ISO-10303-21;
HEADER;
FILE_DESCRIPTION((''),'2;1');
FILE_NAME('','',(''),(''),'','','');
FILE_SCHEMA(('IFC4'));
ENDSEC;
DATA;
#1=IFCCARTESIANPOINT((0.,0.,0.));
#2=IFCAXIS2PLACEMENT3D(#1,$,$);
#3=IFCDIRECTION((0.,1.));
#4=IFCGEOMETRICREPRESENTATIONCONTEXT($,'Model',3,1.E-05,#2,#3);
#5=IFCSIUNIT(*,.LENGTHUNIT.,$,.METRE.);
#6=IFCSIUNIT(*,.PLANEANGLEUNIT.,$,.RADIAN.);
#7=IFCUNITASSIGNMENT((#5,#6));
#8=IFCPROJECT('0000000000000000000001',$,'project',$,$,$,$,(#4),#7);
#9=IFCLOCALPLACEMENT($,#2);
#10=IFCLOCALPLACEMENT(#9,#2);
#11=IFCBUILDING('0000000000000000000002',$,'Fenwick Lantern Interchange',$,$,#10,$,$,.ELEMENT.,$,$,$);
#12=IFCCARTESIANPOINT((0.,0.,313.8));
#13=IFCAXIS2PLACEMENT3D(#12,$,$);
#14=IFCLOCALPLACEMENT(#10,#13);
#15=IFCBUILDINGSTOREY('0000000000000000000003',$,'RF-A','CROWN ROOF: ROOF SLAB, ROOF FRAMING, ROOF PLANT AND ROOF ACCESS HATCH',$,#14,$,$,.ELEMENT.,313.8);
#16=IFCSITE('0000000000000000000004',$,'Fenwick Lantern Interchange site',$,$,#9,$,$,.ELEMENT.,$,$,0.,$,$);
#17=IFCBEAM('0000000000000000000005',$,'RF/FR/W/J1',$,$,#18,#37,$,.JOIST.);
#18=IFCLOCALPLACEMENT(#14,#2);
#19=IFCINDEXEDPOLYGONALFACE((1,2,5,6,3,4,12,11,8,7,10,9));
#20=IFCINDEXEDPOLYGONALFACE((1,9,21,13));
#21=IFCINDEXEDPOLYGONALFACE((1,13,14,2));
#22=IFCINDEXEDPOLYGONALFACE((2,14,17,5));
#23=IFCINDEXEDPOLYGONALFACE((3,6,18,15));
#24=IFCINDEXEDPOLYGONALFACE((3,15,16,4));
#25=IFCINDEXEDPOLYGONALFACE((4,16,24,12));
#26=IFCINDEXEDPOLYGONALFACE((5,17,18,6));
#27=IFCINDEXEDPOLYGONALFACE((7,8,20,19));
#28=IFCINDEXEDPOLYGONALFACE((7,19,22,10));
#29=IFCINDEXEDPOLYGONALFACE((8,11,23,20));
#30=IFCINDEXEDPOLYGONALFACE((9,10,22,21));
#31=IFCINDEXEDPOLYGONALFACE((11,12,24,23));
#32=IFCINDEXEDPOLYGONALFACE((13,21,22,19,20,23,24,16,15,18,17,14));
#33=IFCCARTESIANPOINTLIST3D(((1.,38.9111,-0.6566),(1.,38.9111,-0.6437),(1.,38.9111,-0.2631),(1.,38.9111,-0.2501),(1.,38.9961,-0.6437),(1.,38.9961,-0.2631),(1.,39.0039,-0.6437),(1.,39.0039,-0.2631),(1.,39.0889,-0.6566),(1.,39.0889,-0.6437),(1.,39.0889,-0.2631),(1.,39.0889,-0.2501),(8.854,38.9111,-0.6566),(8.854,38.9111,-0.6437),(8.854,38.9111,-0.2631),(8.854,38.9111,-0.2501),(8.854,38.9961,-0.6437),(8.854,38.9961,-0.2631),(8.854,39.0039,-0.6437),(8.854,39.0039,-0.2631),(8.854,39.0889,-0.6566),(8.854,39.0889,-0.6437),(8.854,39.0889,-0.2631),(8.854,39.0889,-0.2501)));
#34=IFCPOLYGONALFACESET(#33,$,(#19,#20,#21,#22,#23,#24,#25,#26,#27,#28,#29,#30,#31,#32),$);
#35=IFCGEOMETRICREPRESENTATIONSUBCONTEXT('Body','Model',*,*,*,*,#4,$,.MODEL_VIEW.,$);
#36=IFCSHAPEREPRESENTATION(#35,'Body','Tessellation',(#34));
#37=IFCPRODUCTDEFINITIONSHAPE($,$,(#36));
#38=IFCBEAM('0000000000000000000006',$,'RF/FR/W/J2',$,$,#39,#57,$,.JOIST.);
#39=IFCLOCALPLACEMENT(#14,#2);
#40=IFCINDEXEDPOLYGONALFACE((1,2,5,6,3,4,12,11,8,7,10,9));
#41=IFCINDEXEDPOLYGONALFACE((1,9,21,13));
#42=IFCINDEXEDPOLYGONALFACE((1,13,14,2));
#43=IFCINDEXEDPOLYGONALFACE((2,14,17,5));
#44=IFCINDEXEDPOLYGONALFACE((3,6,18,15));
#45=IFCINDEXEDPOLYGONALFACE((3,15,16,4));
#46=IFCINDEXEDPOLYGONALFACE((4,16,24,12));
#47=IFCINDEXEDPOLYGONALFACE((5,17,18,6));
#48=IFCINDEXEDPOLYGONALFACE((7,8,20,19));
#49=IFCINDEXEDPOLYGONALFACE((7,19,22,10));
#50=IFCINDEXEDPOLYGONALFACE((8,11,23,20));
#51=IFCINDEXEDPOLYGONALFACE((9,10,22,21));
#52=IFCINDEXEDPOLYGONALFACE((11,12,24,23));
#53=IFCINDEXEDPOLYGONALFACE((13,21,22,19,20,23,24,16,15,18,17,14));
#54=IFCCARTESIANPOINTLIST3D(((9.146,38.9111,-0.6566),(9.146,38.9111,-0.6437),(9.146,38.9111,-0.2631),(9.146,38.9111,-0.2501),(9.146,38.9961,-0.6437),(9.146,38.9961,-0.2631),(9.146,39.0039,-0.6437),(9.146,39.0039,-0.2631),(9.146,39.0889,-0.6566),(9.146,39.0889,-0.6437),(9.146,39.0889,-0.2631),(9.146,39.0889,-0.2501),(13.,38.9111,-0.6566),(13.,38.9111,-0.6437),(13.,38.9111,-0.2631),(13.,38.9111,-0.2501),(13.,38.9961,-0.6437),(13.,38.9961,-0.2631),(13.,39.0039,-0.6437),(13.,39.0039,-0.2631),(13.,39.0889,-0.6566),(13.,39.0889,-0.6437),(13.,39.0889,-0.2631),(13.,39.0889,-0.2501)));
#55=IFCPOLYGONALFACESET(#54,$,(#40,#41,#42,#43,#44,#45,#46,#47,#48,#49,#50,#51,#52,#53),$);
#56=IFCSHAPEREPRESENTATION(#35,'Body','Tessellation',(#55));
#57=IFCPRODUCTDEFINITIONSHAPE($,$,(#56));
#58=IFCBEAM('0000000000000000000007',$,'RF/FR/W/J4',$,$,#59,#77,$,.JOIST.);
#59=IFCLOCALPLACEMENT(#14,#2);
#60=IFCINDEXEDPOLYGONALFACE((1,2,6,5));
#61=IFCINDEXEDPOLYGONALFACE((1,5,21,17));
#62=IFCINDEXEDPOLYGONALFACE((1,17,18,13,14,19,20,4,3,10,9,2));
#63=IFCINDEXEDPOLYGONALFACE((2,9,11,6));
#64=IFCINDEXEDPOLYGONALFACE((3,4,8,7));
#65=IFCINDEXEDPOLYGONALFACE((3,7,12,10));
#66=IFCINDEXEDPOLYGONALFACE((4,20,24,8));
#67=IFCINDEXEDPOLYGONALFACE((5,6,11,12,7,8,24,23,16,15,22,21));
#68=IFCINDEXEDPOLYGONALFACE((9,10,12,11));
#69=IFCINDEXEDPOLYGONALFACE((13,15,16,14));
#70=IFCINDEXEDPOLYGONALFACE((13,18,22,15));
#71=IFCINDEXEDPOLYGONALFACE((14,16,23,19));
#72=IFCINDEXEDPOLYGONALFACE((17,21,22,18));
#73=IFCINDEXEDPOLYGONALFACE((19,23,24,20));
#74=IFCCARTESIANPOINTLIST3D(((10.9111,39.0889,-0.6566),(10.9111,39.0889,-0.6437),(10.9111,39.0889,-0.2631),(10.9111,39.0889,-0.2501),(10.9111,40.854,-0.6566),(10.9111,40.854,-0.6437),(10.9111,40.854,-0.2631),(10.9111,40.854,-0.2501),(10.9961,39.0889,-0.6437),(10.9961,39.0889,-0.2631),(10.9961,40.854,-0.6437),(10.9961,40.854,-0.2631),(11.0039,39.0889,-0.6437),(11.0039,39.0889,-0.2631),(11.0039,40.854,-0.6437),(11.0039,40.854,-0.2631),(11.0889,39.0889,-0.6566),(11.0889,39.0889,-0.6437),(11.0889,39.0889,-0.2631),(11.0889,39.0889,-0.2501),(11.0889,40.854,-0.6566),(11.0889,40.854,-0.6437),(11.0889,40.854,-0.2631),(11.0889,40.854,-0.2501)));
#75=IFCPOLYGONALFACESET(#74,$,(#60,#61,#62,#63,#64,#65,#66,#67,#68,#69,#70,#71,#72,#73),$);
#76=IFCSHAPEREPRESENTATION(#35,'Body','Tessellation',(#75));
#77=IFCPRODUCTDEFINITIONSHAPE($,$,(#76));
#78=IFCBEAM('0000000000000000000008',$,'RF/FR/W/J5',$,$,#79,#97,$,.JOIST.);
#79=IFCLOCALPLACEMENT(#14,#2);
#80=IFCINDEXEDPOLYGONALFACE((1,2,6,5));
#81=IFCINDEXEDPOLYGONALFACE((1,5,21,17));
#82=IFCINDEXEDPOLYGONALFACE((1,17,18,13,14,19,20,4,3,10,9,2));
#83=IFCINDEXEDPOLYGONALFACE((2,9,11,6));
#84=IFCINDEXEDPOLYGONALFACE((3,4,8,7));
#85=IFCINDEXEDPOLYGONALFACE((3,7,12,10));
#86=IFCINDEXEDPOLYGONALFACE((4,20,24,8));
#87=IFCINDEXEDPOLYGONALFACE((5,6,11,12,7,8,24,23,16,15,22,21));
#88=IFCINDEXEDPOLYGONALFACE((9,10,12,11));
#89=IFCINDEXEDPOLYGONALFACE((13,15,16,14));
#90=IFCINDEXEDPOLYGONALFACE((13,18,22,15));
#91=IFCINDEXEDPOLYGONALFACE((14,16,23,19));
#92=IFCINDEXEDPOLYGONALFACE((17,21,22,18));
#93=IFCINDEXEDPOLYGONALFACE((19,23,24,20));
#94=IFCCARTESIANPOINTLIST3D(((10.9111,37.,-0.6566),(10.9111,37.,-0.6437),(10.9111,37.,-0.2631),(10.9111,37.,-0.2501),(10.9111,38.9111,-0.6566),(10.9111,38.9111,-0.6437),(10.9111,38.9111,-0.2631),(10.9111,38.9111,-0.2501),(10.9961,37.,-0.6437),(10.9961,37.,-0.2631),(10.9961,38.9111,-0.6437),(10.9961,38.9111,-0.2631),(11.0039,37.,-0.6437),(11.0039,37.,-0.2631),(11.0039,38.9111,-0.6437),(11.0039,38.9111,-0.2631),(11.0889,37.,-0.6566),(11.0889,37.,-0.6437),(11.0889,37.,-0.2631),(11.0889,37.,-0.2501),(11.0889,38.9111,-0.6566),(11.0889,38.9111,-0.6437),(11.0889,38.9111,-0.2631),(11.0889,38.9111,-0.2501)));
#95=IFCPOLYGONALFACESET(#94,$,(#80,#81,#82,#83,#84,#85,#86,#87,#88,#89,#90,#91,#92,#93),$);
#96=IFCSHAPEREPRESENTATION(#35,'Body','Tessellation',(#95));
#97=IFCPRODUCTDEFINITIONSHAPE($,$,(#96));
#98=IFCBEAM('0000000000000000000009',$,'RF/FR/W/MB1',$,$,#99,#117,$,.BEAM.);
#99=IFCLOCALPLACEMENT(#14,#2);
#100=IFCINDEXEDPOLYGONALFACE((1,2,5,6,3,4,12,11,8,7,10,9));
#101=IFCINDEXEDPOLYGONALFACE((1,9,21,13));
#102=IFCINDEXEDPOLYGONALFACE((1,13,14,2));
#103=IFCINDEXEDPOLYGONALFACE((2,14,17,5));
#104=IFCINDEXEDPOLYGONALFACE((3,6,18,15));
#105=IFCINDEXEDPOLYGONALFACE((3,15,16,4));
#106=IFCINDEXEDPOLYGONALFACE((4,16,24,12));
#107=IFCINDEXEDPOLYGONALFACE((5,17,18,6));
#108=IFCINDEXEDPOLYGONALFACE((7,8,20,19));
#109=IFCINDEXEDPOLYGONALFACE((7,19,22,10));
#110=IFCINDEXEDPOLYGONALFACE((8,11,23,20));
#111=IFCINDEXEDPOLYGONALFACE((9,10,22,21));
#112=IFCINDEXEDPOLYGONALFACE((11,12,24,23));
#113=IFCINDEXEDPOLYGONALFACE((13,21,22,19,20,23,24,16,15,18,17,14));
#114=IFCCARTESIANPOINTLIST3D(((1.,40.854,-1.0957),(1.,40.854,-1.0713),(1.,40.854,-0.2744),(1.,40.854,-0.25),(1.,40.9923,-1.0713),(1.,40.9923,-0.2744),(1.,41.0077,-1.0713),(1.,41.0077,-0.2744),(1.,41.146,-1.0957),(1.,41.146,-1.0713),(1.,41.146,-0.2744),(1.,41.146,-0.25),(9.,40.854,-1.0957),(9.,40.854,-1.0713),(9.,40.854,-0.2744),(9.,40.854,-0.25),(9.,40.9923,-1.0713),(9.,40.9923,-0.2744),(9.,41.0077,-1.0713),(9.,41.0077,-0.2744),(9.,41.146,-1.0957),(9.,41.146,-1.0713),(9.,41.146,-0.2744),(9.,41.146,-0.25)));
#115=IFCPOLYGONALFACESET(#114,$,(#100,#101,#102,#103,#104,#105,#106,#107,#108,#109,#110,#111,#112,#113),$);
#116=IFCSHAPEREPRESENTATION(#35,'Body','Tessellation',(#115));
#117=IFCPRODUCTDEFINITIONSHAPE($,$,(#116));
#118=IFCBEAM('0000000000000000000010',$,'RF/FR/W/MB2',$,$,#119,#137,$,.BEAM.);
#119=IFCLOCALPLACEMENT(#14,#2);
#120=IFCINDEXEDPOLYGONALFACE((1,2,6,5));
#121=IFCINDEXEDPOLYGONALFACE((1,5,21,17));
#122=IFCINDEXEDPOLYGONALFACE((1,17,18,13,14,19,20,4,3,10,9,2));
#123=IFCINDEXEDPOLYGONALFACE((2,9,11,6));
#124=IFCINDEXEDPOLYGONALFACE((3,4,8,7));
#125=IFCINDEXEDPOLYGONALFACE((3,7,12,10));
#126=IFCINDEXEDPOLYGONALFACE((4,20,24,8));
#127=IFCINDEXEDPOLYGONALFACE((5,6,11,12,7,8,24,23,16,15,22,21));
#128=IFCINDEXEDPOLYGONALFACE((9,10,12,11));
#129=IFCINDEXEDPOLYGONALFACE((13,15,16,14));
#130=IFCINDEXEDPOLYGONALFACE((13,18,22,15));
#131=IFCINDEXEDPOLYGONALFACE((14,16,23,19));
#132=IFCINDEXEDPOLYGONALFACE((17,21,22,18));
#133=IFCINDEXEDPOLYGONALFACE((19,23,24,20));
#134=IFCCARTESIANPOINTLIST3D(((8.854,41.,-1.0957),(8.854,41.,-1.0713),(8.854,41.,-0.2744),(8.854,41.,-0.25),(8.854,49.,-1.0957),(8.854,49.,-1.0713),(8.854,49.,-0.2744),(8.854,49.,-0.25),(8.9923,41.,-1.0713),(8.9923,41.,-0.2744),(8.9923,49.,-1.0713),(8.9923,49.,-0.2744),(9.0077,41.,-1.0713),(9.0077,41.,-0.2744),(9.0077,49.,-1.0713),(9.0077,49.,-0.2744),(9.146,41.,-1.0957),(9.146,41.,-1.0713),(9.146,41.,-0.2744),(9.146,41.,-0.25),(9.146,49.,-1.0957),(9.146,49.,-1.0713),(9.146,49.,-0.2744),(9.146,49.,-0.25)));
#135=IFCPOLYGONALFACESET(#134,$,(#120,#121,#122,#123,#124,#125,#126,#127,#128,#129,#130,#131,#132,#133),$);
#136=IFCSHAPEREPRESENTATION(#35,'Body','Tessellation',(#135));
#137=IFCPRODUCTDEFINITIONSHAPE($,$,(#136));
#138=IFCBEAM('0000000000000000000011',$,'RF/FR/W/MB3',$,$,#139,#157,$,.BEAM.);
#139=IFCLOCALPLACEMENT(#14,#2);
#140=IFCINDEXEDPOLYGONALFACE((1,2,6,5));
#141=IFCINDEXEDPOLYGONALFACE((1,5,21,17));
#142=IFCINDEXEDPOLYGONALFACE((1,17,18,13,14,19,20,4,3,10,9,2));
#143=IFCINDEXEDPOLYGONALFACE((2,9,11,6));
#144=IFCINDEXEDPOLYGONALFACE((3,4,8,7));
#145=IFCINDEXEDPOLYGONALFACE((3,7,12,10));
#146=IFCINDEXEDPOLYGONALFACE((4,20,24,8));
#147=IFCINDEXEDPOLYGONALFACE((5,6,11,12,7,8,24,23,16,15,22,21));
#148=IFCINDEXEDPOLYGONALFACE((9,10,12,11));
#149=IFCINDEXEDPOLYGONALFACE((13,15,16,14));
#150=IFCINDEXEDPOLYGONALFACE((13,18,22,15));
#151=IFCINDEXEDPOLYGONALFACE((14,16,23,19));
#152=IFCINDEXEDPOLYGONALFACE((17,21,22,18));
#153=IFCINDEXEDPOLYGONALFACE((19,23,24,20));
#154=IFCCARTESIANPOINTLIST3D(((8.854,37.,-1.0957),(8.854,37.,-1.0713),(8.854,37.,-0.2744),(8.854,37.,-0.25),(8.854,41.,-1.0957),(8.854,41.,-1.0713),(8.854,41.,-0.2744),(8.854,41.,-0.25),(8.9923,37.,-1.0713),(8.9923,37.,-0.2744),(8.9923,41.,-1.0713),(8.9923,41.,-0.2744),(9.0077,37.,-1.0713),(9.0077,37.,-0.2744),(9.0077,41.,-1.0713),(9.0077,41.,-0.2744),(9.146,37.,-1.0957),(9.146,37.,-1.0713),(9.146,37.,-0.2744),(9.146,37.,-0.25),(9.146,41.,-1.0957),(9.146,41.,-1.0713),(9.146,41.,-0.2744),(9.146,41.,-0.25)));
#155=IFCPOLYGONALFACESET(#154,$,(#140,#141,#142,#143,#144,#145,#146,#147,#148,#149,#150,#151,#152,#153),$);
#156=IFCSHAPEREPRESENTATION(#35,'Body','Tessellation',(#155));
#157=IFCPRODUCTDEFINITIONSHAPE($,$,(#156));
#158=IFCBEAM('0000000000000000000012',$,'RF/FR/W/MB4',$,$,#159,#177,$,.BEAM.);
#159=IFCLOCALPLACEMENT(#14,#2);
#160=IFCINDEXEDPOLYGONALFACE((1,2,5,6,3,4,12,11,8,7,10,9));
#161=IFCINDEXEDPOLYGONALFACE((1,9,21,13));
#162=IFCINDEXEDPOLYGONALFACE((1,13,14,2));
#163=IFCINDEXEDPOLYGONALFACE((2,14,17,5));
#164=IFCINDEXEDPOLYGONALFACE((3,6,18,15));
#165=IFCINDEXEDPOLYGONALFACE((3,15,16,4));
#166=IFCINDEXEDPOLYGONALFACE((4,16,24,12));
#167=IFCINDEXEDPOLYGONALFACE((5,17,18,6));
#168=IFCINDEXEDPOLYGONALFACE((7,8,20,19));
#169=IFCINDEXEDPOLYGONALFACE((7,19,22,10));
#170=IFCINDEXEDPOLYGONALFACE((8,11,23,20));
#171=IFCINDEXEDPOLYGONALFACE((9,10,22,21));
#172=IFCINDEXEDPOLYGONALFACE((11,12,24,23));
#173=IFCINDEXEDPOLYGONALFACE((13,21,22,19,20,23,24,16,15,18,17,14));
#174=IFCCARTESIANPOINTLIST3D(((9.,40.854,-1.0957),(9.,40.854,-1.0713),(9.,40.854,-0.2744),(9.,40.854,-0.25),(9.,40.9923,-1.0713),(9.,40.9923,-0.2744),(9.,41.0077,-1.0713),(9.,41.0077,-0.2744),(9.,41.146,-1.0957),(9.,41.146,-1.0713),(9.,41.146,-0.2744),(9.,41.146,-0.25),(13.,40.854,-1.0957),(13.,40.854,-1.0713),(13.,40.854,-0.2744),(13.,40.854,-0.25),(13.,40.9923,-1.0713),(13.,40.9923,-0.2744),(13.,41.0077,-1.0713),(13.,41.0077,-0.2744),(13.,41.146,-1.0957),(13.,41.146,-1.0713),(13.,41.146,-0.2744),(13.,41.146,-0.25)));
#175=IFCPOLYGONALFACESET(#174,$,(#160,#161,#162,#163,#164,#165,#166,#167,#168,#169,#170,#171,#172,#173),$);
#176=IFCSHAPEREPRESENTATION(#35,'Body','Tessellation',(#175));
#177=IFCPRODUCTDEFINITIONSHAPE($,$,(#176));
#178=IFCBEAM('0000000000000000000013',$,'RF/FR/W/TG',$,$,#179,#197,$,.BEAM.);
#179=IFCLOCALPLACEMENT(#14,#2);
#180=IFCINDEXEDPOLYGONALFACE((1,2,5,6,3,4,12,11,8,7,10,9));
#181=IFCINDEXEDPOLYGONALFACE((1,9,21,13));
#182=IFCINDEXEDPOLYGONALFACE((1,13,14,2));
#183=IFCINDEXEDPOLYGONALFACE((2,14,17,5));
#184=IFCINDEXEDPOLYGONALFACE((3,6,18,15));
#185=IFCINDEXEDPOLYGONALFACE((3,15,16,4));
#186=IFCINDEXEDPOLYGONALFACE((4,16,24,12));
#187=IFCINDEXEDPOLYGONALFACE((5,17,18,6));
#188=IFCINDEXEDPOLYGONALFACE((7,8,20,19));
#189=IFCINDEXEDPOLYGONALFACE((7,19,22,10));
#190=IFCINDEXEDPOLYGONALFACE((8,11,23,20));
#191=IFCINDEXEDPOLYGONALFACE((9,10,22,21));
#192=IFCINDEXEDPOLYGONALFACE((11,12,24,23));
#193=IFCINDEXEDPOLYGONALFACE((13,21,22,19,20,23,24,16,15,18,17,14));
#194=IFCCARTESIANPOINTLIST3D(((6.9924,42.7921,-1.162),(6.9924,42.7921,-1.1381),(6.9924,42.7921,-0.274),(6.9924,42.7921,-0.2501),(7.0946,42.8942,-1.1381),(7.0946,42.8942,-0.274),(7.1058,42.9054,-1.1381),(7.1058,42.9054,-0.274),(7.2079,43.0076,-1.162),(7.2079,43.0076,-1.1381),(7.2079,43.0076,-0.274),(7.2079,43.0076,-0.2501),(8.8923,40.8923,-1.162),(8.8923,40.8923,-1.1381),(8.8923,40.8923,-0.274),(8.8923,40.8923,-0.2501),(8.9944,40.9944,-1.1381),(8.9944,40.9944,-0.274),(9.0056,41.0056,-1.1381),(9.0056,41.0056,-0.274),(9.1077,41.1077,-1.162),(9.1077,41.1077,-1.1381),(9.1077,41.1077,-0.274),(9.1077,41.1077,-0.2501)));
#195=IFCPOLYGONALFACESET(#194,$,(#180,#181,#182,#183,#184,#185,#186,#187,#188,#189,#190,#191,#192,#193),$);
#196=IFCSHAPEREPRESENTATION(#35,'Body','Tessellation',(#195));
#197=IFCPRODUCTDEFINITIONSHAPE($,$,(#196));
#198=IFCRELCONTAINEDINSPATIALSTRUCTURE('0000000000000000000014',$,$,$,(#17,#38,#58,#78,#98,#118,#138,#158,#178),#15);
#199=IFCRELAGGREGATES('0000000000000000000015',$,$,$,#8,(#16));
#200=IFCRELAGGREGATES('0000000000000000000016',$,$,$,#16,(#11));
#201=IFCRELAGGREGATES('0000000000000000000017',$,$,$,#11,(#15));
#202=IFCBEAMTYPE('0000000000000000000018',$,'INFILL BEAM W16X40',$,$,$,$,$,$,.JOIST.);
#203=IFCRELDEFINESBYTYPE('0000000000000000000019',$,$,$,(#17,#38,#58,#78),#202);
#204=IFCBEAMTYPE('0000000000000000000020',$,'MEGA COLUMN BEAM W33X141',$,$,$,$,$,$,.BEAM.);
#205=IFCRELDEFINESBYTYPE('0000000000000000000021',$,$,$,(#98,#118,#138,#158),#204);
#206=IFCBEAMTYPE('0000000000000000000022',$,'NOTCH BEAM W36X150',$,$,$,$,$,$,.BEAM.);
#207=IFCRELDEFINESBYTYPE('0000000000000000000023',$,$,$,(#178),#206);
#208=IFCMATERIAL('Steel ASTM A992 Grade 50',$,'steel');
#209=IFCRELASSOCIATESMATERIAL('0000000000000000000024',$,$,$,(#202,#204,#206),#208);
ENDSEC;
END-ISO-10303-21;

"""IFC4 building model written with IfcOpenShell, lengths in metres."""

from ifc_helpers import new_model, si_unit, direction, frame, origin, origin_2d, place, context, subcontext, project, spatial, i_section, extrude, material, material_profile, profile_set, type_object, element, save


model = new_model("IFC4")

# Units and contexts
model_context = context("Model", 3, precision=1e-05, world=origin(), true_north=direction((0.0, 1.0)))
body_context = subcontext(model_context, "Body", "Model", "MODEL_VIEW")
ifc_project = project(units=[si_unit("LENGTHUNIT", "METRE"), si_unit("PLANEANGLEUNIT", "RADIAN")], contexts=[model_context])

# Site, building, storey
site_placement = place(None, origin())
site = spatial("IfcSite", under=ifc_project, at=site_placement, Name="Fenwick Lantern Interchange site", CompositionType="ELEMENT", RefElevation=0.0)
building_placement = place(site_placement, origin())
building = spatial("IfcBuilding", under=site, at=building_placement, Name="Fenwick Lantern Interchange", CompositionType="ELEMENT")
storey_placement = place(building_placement, frame((0.0, 0.0, 313.8)))
storey = spatial("IfcBuildingStorey", under=building, at=storey_placement, Name="RF-A", Description="CROWN ROOF: ROOF SLAB, ROOF FRAMING, ROOF PLANT AND ROOF ACCESS HATCH", CompositionType="ELEMENT", Elevation=313.8)

# Shared definitions
ifc_material_1 = material(Name="Steel ASTM A992 Grade 50", Category="steel")

# Beams
ifc_material_profile_1 = material_profile(ifc_material_1, i_section(OverallWidth=0.1777, OverallDepth=0.4065, WebThickness=0.0078, FlangeThickness=0.0129, at=origin_2d()), Name="W16X40")
ifc_profile_set_1 = profile_set([ifc_material_profile_1], Name="Steel ASTM A992 Grade 50")
beam_type_1 = type_object("IfcBeamType", Name="INFILL BEAM W16X40", PredefinedType="JOIST", material=ifc_profile_set_1)
beam_1_placement = place(storey_placement, frame((1.0, 39.0, -0.4534), z_axis=(1.0, 0.0, 0.0), x_axis=(0.0, 1.0, 0.0)))
element("IfcBeam", 1, at=beam_1_placement, inside=storey, type_object=beam_type_1, Name="RF/FR/W/J1", PredefinedType="JOIST", context=body_context, shape_type="SweptSolid", body=[
    extrude(i_section(OverallWidth=0.1777, OverallDepth=0.4065, WebThickness=0.0078, FlangeThickness=0.0129, at=origin_2d()), origin(), (0.0, 0.0, 1.0), 7.854),
])
beam_2_placement = place(storey_placement, frame((9.146, 39.0, -0.4534), z_axis=(1.0, 0.0, 0.0), x_axis=(0.0, 1.0, 0.0)))
element("IfcBeam", 2, at=beam_2_placement, inside=storey, type_object=beam_type_1, Name="RF/FR/W/J2", PredefinedType="JOIST", context=body_context, shape_type="SweptSolid", body=[
    extrude(i_section(OverallWidth=0.1777, OverallDepth=0.4065, WebThickness=0.0078, FlangeThickness=0.0129, at=origin_2d()), origin(), (0.0, 0.0, 1.0), 3.854),
])
beam_3_placement = place(storey_placement, frame((11.0, 40.854, -0.4534), z_axis=(0.0, -1.0, 0.0), x_axis=(1.0, 0.0, 0.0)))
element("IfcBeam", 3, at=beam_3_placement, inside=storey, type_object=beam_type_1, Name="RF/FR/W/J4", PredefinedType="JOIST", context=body_context, shape_type="SweptSolid", body=[
    extrude(i_section(OverallWidth=0.1777, OverallDepth=0.4065, WebThickness=0.0078, FlangeThickness=0.0129, at=origin_2d()), origin(), (0.0, 0.0, 1.0), 1.7651),
])
beam_4_placement = place(storey_placement, frame((11.0, 38.9111, -0.4534), z_axis=(0.0, -1.0, 0.0), x_axis=(1.0, 0.0, 0.0)))
element("IfcBeam", 4, at=beam_4_placement, inside=storey, type_object=beam_type_1, Name="RF/FR/W/J5", PredefinedType="JOIST", context=body_context, shape_type="SweptSolid", body=[
    extrude(i_section(OverallWidth=0.1777, OverallDepth=0.4065, WebThickness=0.0078, FlangeThickness=0.0129, at=origin_2d()), origin(), (0.0, 0.0, 1.0), 1.9111),
])
ifc_material_profile_2 = material_profile(ifc_material_1, i_section(OverallWidth=0.292, OverallDepth=0.8457, WebThickness=0.0154, FlangeThickness=0.0244, at=origin_2d()), Name="W33X141")
ifc_profile_set_2 = profile_set([ifc_material_profile_2], Name="Steel ASTM A992 Grade 50")
beam_type_2 = type_object("IfcBeamType", Name="MEGA COLUMN BEAM W33X141", PredefinedType="BEAM", material=ifc_profile_set_2)
for number, where, z_axis, x_axis, name in (
    (5, (9.0, 41.0, -0.6729), (-1.0, 0.0, 0.0), (0.0, -1.0, 0.0), "RF/FR/W/MB1"),
    (6, (9.0, 41.0, -0.6729), (0.0, 1.0, 0.0), (-1.0, 0.0, 0.0), "RF/FR/W/MB2"),
):
    element("IfcBeam", number, at=place(storey_placement, frame(where, z_axis=z_axis, x_axis=x_axis)), inside=storey, type_object=beam_type_2, Name=name, PredefinedType="BEAM", context=body_context, shape_type="SweptSolid", body=[
        extrude(i_section(OverallWidth=0.292, OverallDepth=0.8457, WebThickness=0.0154, FlangeThickness=0.0244, at=origin_2d()), origin(), (0.0, 0.0, 1.0), 8.0),
    ])
for number, where, z_axis, x_axis, name in (
    (7, (9.0, 41.0, -0.6729), (0.0, -1.0, 0.0), (1.0, 0.0, 0.0), "RF/FR/W/MB3"),
    (8, (9.0, 41.0, -0.6729), (1.0, 0.0, 0.0), (0.0, 1.0, 0.0), "RF/FR/W/MB4"),
):
    element("IfcBeam", number, at=place(storey_placement, frame(where, z_axis=z_axis, x_axis=x_axis)), inside=storey, type_object=beam_type_2, Name=name, PredefinedType="BEAM", context=body_context, shape_type="SweptSolid", body=[
        extrude(i_section(OverallWidth=0.292, OverallDepth=0.8457, WebThickness=0.0154, FlangeThickness=0.0244, at=origin_2d()), origin(), (0.0, 0.0, 1.0), 4.0),
    ])
ifc_material_profile_3 = material_profile(ifc_material_1, i_section(OverallWidth=0.3047, OverallDepth=0.9119, WebThickness=0.0159, FlangeThickness=0.0239, at=origin_2d()), Name="W36X150")
ifc_profile_set_3 = profile_set([ifc_material_profile_3], Name="Steel ASTM A992 Grade 50")
beam_type_3 = type_object("IfcBeamType", Name="NOTCH BEAM W36X150", PredefinedType="BEAM", material=ifc_profile_set_3)
beam_5_placement = place(storey_placement, frame((9.0, 41.0, -0.7061), z_axis=(-0.707107, 0.707107, 0.0), x_axis=(-0.707107, -0.707107, 0.0)))
element("IfcBeam", 9, at=beam_5_placement, inside=storey, type_object=beam_type_3, Name="RF/FR/W/TG", PredefinedType="BEAM", context=body_context, shape_type="SweptSolid", body=[
    extrude(i_section(OverallWidth=0.3047, OverallDepth=0.9119, WebThickness=0.0159, FlangeThickness=0.0239, at=origin_2d()), origin(), (0.0, 0.0, 1.0), 2.6868),
])

save(model, "model.ifc")
